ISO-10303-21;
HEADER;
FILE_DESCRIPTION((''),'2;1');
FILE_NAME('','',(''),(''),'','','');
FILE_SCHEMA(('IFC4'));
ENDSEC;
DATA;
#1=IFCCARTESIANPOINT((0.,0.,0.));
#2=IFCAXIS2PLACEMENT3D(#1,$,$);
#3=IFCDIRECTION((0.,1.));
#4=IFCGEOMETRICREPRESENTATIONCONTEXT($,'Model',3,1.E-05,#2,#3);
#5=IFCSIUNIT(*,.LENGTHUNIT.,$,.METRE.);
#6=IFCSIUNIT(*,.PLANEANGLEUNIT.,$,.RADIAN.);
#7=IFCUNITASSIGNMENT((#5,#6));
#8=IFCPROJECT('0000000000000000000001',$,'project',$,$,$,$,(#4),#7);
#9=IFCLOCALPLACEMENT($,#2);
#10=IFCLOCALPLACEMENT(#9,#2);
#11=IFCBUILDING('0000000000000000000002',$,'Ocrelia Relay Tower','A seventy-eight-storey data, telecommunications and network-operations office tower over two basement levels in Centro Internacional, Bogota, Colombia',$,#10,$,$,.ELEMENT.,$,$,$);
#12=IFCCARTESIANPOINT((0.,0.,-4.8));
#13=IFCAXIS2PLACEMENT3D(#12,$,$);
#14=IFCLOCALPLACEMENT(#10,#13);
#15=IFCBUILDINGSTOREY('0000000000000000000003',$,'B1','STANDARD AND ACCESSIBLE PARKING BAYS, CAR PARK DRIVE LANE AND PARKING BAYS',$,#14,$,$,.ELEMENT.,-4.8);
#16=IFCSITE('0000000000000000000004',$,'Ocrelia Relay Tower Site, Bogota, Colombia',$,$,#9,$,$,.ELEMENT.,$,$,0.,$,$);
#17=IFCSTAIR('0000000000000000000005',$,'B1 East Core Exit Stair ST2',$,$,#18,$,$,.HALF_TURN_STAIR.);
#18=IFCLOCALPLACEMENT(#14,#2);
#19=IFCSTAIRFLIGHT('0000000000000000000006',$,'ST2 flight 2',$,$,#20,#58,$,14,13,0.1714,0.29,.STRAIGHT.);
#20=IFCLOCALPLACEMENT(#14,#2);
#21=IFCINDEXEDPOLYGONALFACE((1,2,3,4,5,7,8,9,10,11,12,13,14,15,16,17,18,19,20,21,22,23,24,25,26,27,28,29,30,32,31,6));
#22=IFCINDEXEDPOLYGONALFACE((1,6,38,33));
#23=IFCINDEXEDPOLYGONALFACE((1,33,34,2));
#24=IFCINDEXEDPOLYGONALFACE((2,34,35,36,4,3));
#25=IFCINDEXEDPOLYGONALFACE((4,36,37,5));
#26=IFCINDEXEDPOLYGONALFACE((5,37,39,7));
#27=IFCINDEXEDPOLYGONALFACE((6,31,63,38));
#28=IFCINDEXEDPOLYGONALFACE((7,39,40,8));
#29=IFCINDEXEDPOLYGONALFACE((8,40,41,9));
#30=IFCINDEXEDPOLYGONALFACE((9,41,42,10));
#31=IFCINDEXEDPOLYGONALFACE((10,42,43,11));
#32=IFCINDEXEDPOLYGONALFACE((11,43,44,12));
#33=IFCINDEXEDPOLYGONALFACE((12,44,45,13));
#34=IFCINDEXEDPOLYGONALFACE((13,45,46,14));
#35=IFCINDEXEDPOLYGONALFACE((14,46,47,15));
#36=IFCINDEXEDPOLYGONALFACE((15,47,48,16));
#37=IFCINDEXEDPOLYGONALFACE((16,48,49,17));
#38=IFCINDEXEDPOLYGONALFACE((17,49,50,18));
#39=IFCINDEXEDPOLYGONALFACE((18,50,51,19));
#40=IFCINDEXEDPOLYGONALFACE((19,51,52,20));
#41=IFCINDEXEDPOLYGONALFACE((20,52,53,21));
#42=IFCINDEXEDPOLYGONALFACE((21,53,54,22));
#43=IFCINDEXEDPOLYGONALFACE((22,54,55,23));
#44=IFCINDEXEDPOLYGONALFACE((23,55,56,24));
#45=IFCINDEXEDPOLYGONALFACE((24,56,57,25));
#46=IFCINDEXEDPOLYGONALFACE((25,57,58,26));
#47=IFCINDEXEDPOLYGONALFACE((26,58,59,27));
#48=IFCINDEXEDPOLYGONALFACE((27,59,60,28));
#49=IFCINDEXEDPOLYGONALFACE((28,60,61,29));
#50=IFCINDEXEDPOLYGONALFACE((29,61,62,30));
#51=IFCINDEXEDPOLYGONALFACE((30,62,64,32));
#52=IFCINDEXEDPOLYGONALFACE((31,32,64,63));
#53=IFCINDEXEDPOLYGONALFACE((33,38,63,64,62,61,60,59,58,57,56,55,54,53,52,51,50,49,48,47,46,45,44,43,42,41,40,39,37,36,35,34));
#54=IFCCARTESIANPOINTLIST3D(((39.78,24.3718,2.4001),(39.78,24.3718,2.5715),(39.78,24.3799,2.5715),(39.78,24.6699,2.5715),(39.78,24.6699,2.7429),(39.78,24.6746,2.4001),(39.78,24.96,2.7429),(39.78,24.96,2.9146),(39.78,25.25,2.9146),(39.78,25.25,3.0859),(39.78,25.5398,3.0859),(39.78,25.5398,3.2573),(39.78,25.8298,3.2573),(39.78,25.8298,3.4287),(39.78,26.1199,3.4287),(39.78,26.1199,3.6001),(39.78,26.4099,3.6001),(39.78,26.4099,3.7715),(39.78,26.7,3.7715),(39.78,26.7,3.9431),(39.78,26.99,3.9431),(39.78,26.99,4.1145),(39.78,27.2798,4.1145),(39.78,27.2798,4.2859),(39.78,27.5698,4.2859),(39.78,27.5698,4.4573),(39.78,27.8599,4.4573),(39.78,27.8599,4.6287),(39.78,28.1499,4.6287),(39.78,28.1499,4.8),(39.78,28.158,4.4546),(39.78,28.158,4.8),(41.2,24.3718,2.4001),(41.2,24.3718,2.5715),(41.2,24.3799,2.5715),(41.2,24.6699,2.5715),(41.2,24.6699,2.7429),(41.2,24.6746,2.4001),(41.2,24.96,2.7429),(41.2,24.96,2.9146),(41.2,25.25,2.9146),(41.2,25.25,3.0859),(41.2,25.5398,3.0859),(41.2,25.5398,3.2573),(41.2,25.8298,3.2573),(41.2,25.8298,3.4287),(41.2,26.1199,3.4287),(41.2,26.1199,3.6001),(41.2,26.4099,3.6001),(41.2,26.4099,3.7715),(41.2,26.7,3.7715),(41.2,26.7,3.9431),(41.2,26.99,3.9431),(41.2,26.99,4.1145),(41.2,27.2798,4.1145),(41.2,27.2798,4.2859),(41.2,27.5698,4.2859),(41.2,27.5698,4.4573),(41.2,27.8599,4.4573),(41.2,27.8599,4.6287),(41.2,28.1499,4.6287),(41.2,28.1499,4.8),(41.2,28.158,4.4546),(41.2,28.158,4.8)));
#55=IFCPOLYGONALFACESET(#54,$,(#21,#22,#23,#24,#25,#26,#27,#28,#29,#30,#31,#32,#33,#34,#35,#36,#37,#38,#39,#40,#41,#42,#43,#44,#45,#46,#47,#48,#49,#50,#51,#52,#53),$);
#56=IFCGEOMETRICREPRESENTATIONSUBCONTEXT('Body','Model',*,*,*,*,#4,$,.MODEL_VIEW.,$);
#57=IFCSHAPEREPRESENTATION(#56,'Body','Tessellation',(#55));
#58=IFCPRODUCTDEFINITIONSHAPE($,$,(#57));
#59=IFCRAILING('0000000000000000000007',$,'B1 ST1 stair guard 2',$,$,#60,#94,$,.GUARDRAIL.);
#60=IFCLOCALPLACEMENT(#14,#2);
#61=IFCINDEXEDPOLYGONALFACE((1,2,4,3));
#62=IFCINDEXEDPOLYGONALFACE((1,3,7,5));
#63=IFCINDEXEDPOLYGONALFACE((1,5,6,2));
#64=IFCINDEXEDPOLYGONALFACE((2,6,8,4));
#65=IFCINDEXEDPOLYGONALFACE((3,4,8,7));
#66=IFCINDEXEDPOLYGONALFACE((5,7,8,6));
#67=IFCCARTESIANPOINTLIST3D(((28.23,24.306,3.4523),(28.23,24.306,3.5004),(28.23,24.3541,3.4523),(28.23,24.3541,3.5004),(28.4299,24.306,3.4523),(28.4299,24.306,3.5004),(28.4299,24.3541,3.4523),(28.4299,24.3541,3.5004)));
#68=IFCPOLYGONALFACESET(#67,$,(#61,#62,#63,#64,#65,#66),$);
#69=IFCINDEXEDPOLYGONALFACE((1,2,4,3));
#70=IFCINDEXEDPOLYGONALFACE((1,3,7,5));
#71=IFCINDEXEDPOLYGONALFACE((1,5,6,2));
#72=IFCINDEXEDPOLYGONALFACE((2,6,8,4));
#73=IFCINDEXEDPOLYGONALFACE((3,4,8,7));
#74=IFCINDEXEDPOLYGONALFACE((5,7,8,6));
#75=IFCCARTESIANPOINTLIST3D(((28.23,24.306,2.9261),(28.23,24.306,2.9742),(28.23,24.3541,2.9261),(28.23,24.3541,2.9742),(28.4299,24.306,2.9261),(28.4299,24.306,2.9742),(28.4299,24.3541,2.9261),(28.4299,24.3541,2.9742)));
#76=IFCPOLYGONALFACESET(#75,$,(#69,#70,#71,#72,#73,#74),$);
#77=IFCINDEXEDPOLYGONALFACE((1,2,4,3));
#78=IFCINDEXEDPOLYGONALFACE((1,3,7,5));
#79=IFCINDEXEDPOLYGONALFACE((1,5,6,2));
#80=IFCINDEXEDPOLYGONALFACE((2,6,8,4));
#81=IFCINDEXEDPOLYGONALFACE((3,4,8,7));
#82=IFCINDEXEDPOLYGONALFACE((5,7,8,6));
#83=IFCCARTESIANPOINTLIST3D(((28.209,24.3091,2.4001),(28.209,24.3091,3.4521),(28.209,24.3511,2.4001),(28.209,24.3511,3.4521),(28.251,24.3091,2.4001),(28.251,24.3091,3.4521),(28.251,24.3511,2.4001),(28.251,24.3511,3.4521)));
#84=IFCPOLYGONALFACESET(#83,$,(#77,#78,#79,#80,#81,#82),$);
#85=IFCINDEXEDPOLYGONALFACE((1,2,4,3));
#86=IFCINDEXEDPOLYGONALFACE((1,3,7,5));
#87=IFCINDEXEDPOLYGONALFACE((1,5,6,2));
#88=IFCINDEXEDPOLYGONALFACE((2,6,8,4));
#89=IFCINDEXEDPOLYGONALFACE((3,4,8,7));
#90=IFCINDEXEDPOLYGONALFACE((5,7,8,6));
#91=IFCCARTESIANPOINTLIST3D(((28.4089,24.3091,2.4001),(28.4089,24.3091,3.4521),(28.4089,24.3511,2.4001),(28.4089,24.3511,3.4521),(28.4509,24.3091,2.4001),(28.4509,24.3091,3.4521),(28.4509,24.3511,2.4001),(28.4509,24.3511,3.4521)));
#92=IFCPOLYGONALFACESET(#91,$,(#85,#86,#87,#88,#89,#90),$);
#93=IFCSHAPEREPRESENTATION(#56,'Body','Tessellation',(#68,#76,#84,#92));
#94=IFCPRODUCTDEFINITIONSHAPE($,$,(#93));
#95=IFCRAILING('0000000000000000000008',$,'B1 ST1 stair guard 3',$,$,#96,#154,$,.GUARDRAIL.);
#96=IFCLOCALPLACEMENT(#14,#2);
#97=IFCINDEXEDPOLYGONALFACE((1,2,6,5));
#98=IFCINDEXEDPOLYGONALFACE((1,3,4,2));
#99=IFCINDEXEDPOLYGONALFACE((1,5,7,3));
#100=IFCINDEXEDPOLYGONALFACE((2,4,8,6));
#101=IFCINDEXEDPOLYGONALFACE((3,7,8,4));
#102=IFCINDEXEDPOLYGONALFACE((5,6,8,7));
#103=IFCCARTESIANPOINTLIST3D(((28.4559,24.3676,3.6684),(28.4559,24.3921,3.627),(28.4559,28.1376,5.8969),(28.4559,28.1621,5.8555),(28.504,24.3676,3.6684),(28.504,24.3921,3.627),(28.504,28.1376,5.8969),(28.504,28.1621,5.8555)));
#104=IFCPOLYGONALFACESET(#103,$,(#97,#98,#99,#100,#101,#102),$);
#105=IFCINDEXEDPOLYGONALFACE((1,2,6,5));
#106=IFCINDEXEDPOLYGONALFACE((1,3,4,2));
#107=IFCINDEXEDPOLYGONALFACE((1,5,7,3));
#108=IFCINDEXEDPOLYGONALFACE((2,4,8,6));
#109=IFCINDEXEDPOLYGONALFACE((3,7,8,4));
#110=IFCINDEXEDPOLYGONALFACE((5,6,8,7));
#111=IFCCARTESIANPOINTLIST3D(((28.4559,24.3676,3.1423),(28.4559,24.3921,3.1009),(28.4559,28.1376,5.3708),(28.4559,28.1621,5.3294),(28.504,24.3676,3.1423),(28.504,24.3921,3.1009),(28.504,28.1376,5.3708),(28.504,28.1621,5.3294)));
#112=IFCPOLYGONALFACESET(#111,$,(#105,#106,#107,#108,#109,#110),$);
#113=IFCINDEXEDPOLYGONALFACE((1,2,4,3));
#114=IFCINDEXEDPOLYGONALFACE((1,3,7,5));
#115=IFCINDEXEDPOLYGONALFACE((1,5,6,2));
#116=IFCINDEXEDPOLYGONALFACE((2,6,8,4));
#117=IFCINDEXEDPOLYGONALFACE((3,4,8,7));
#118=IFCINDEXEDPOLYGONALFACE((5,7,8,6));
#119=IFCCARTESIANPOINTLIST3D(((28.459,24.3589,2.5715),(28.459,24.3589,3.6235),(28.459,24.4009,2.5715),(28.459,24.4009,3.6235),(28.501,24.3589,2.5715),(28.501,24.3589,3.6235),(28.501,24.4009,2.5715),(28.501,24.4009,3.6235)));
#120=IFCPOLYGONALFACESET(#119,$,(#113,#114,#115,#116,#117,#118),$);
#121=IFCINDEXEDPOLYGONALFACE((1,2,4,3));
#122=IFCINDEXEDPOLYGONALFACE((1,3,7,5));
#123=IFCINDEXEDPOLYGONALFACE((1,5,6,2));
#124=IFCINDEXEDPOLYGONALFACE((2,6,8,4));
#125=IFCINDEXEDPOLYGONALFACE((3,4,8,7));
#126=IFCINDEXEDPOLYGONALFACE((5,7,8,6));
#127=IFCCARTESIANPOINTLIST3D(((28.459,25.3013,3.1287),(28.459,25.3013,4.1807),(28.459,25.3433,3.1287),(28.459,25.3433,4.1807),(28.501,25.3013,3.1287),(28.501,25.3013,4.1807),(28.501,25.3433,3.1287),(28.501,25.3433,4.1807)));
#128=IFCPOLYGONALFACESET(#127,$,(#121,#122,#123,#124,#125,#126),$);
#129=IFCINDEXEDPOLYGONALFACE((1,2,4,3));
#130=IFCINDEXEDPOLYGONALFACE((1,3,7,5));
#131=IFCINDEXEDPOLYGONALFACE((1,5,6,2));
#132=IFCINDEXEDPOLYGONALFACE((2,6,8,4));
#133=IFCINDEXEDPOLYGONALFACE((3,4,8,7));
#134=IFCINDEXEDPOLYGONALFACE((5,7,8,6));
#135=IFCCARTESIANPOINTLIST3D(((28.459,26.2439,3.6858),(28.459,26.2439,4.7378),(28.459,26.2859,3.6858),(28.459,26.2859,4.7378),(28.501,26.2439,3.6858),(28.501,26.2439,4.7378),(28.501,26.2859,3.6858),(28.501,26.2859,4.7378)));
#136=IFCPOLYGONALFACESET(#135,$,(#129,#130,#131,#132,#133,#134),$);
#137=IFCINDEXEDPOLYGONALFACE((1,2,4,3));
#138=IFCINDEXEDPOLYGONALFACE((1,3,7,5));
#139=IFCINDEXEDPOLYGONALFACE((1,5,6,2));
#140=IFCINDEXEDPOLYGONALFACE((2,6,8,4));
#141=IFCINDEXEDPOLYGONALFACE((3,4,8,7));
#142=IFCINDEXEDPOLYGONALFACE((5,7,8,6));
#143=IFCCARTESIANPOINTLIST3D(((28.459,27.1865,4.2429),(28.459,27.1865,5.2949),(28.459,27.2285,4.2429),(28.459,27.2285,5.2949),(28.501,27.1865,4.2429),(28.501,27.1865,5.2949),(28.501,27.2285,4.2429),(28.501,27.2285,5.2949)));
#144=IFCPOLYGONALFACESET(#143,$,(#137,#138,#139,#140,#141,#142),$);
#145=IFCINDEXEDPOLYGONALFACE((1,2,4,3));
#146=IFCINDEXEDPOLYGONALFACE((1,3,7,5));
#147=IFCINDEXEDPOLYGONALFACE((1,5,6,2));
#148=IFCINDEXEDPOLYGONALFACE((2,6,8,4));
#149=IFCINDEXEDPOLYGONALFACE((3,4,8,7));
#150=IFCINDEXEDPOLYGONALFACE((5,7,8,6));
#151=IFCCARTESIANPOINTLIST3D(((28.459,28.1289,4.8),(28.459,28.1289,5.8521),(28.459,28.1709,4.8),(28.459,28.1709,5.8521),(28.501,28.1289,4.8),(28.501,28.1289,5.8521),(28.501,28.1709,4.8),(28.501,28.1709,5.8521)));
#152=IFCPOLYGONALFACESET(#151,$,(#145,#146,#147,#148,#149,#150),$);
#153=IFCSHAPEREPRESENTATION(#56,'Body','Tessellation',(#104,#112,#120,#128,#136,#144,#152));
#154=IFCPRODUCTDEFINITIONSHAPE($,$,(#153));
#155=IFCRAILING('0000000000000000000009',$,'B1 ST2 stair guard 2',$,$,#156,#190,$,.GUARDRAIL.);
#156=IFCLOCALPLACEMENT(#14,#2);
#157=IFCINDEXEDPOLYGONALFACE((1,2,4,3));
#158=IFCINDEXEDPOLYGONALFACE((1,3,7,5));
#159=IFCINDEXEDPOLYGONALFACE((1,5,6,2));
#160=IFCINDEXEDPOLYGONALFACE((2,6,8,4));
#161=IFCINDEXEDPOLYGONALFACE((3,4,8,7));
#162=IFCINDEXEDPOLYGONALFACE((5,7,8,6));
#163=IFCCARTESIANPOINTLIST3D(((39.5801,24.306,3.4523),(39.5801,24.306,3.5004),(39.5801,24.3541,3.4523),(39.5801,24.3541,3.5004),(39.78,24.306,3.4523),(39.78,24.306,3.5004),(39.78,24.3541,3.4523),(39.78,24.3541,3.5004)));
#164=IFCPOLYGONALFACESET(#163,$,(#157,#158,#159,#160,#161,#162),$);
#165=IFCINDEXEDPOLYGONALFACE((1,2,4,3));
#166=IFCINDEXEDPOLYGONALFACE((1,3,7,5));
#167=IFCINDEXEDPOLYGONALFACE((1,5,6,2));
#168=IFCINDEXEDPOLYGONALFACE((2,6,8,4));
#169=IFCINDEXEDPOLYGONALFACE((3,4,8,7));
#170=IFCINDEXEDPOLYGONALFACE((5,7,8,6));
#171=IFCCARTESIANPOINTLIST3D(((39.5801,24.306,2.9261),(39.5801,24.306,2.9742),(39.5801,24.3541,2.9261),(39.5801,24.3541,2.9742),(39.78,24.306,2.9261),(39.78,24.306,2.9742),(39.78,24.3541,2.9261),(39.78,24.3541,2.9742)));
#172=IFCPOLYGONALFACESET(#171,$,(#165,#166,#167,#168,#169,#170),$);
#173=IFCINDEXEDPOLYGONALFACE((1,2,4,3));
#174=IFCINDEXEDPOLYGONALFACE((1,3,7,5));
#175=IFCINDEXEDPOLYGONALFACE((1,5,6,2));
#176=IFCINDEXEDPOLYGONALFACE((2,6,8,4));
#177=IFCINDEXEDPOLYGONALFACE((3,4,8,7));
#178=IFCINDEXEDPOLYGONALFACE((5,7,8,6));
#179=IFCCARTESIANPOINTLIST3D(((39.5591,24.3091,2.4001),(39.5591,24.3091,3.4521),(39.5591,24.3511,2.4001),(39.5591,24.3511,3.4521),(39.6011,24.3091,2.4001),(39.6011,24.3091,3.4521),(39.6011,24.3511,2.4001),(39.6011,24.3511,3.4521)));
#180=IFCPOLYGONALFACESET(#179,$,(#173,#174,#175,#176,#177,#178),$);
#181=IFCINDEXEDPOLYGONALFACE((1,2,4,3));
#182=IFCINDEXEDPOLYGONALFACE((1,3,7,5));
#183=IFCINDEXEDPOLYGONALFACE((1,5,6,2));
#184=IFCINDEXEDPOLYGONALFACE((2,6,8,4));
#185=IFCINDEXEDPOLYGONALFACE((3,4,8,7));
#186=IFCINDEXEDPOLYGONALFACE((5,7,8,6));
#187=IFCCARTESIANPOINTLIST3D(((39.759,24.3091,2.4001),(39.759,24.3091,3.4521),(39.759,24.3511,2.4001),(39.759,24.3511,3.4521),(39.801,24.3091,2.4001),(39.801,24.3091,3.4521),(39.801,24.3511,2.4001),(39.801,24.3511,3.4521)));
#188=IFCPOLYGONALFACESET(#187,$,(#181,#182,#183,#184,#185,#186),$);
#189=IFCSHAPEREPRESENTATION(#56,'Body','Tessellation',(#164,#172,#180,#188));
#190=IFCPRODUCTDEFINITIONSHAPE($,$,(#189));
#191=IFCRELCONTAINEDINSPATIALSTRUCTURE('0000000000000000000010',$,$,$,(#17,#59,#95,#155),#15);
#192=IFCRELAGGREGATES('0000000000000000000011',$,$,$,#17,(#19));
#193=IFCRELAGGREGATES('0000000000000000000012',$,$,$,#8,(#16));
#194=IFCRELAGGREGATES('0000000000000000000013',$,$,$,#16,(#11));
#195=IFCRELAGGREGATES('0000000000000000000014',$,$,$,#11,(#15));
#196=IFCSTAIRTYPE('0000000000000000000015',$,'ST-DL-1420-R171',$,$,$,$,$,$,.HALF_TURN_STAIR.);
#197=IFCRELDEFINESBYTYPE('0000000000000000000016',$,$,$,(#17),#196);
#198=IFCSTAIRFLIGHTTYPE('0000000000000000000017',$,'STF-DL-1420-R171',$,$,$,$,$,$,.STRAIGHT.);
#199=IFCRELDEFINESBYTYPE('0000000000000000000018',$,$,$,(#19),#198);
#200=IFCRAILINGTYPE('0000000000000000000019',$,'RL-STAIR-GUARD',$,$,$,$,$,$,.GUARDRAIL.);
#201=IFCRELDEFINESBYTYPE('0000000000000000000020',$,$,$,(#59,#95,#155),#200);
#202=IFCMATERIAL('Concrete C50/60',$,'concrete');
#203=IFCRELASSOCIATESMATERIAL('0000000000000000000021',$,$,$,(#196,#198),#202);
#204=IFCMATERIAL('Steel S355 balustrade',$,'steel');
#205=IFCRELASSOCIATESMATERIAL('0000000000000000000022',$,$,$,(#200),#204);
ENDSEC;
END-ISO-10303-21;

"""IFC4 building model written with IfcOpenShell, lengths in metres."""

from ifc_helpers import new_model, si_unit, direction, frame, origin, origin_2d, place, context, subcontext, project, spatial, polyline, rectangle, outline, extrude, material, type_object, element, aggregate, save


model = new_model("IFC4")

# Units and contexts
model_context = context("Model", 3, precision=1e-05, world=origin(), true_north=direction((0.0, 1.0)))
body_context = subcontext(model_context, "Body", "Model", "MODEL_VIEW")
ifc_project = project(units=[si_unit("LENGTHUNIT", "METRE"), si_unit("PLANEANGLEUNIT", "RADIAN")], contexts=[model_context])

# Site, building, storey
site_placement = place(None, origin())
site = spatial("IfcSite", under=ifc_project, at=site_placement, Name="Ocrelia Relay Tower Site, Bogota, Colombia", CompositionType="ELEMENT", RefElevation=0.0)
building_placement = place(site_placement, origin())
building = spatial("IfcBuilding", under=site, at=building_placement, Name="Ocrelia Relay Tower", Description="A seventy-eight-storey data, telecommunications and network-operations office tower over two basement levels in Centro Internacional, Bogota, Colombia", CompositionType="ELEMENT")
storey_placement = place(building_placement, frame((0.0, 0.0, -4.8)))
storey = spatial("IfcBuildingStorey", under=building, at=storey_placement, Name="B1", Description="STANDARD AND ACCESSIBLE PARKING BAYS, CAR PARK DRIVE LANE AND PARKING BAYS", CompositionType="ELEMENT", Elevation=-4.8)

# Shared definitions
ifc_material_1 = material(Name="Concrete C50/60", Category="concrete")

# Stair, stair flight
stair_type = type_object("IfcStairType", Name="ST-DL-1420-R171", PredefinedType="HALF_TURN_STAIR", material=ifc_material_1)
stair_flight_type = type_object("IfcStairFlightType", Name="STF-DL-1420-R171", PredefinedType="STRAIGHT", material=ifc_material_1)
stair_1_placement = place(storey_placement, origin())
stair_1 = element("IfcStair", 1, at=stair_1_placement, inside=storey, type_object=stair_type, Name="B1 East Core Exit Stair ST2", PredefinedType="HALF_TURN_STAIR")
stair_flight_1_placement = place(storey_placement, frame((40.49, 24.3799, 2.4001), z_axis=(0.0, 0.0, 1.0), x_axis=(0.0, 1.0, 0.0)))
stair_flight_1 = element("IfcStairFlight", 2, at=stair_flight_1_placement, type_object=stair_flight_type, Name="ST2 flight 2", NumberOfRisers=14, NumberOfTreads=13, PredefinedType="STRAIGHT", RiserHeight=0.1714, TreadLength=0.29, context=body_context, shape_type="SweptSolid", body=[
    extrude(outline(polyline([(-0.0081, 0.0), (-0.0081, 0.1714), (0.0, 0.1714), (0.29, 0.1714), (0.29, 0.3428), (0.5801, 0.3428), (0.5801, 0.5144), (0.8701, 0.5144), (0.8701, 0.6858), (1.1599, 0.6858), (1.1599, 0.8572), (1.45, 0.8572), (1.45, 1.0286), (1.74, 1.0286), (1.74, 1.2), (2.03, 1.2), (2.03, 1.3713), (2.3201, 1.3713), (2.3201, 1.543), (2.6101, 1.543), (2.6101, 1.7144), (2.8999, 1.7144), (2.8999, 1.8857), (3.1899, 1.8857), (3.1899, 2.0571), (3.48, 2.0571), (3.48, 2.2285), (3.77, 2.2285), (3.77, 2.3999), (3.7781, 2.3999), (3.7781, 2.0544), (0.2947, 0.0), (-0.0081, 0.0)])), frame((0.0, 0.71, 0.0), z_axis=(0.0, -1.0, 0.0), x_axis=(1.0, 0.0, 0.0)), (0.0, 0.0, 1.0), 1.4199),
])
aggregate(stair_1, [stair_flight_1])

# Railings
ifc_material_2 = material(Name="Steel S355 balustrade", Category="steel")
railing_type_1 = type_object("IfcRailingType", Name="RL-STAIR-GUARD", PredefinedType="GUARDRAIL", material=ifc_material_2)
railing_1_placement = place(storey_placement, frame((28.23, 24.3301, 2.4001)))
element("IfcRailing", 3, at=railing_1_placement, inside=storey, type_object=railing_type_1, Name="B1 ST1 stair guard 2", PredefinedType="GUARDRAIL", context=body_context, shape_type="SweptSolid", body=[
    extrude(rectangle(XDim=0.0481, YDim=0.0481, at=origin_2d()), frame((0.0, 0.0, 1.0762), z_axis=(1.0, 0.0, 0.0), x_axis=(0.0, 1.0, 0.0)), (0.0, 0.0, 1.0), 0.2),
    extrude(rectangle(XDim=0.0481, YDim=0.0481, at=origin_2d()), frame((0.0, 0.0, 0.55), z_axis=(1.0, 0.0, 0.0), x_axis=(0.0, 1.0, 0.0)), (0.0, 0.0, 1.0), 0.2),
    extrude(rectangle(XDim=0.042, YDim=0.042, at=origin_2d()), origin(), (0.0, 0.0, 1.0), 1.052),
    extrude(rectangle(XDim=0.042, YDim=0.042, at=origin_2d()), frame((0.2, 0.0, 0.0)), (0.0, 0.0, 1.0), 1.052),
])
railing_2_placement = place(storey_placement, frame((28.48, 24.3799, 2.5715)))
element("IfcRailing", 4, at=railing_2_placement, inside=storey, type_object=railing_type_1, Name="B1 ST1 stair guard 3", PredefinedType="GUARDRAIL", context=body_context, shape_type="SweptSolid", body=[
    extrude(rectangle(XDim=0.0481, YDim=0.0481, at=origin_2d()), frame((0.0, 0.0, 1.0762), z_axis=(0.0, 0.860849, 0.508861), x_axis=(-1.0, 0.0, 0.0)), (0.0, 0.0, 1.0), 4.3794),
    extrude(rectangle(XDim=0.0481, YDim=0.0481, at=origin_2d()), frame((0.0, 0.0, 0.55), z_axis=(0.0, 0.860849, 0.508861), x_axis=(-1.0, 0.0, 0.0)), (0.0, 0.0, 1.0), 4.3794),
    extrude(rectangle(XDim=0.042, YDim=0.042, at=origin_2d()), origin(), (0.0, 0.0, 1.0), 1.052),
    extrude(rectangle(XDim=0.042, YDim=0.042, at=origin_2d()), frame((0.0, 0.9424, 0.5571)), (0.0, 0.0, 1.0), 1.052),
    extrude(rectangle(XDim=0.042, YDim=0.042, at=origin_2d()), frame((0.0, 1.885, 1.1143)), (0.0, 0.0, 1.0), 1.052),
    extrude(rectangle(XDim=0.042, YDim=0.042, at=origin_2d()), frame((0.0, 2.8276, 1.6714)), (0.0, 0.0, 1.0), 1.052),
    extrude(rectangle(XDim=0.042, YDim=0.042, at=origin_2d()), frame((0.0, 3.77, 2.2285)), (0.0, 0.0, 1.0), 1.052),
])
railing_3_placement = place(storey_placement, frame((39.5801, 24.3301, 2.4001)))
element("IfcRailing", 5, at=railing_3_placement, inside=storey, type_object=railing_type_1, Name="B1 ST2 stair guard 2", PredefinedType="GUARDRAIL", context=body_context, shape_type="SweptSolid", body=[
    extrude(rectangle(XDim=0.0481, YDim=0.0481, at=origin_2d()), frame((0.0, 0.0, 1.0762), z_axis=(1.0, 0.0, 0.0), x_axis=(0.0, 1.0, 0.0)), (0.0, 0.0, 1.0), 0.2),
    extrude(rectangle(XDim=0.0481, YDim=0.0481, at=origin_2d()), frame((0.0, 0.0, 0.55), z_axis=(1.0, 0.0, 0.0), x_axis=(0.0, 1.0, 0.0)), (0.0, 0.0, 1.0), 0.2),
    extrude(rectangle(XDim=0.042, YDim=0.042, at=origin_2d()), origin(), (0.0, 0.0, 1.0), 1.052),
    extrude(rectangle(XDim=0.042, YDim=0.042, at=origin_2d()), frame((0.2, 0.0, 0.0)), (0.0, 0.0, 1.0), 1.052),
])

save(model, "model.ifc")
